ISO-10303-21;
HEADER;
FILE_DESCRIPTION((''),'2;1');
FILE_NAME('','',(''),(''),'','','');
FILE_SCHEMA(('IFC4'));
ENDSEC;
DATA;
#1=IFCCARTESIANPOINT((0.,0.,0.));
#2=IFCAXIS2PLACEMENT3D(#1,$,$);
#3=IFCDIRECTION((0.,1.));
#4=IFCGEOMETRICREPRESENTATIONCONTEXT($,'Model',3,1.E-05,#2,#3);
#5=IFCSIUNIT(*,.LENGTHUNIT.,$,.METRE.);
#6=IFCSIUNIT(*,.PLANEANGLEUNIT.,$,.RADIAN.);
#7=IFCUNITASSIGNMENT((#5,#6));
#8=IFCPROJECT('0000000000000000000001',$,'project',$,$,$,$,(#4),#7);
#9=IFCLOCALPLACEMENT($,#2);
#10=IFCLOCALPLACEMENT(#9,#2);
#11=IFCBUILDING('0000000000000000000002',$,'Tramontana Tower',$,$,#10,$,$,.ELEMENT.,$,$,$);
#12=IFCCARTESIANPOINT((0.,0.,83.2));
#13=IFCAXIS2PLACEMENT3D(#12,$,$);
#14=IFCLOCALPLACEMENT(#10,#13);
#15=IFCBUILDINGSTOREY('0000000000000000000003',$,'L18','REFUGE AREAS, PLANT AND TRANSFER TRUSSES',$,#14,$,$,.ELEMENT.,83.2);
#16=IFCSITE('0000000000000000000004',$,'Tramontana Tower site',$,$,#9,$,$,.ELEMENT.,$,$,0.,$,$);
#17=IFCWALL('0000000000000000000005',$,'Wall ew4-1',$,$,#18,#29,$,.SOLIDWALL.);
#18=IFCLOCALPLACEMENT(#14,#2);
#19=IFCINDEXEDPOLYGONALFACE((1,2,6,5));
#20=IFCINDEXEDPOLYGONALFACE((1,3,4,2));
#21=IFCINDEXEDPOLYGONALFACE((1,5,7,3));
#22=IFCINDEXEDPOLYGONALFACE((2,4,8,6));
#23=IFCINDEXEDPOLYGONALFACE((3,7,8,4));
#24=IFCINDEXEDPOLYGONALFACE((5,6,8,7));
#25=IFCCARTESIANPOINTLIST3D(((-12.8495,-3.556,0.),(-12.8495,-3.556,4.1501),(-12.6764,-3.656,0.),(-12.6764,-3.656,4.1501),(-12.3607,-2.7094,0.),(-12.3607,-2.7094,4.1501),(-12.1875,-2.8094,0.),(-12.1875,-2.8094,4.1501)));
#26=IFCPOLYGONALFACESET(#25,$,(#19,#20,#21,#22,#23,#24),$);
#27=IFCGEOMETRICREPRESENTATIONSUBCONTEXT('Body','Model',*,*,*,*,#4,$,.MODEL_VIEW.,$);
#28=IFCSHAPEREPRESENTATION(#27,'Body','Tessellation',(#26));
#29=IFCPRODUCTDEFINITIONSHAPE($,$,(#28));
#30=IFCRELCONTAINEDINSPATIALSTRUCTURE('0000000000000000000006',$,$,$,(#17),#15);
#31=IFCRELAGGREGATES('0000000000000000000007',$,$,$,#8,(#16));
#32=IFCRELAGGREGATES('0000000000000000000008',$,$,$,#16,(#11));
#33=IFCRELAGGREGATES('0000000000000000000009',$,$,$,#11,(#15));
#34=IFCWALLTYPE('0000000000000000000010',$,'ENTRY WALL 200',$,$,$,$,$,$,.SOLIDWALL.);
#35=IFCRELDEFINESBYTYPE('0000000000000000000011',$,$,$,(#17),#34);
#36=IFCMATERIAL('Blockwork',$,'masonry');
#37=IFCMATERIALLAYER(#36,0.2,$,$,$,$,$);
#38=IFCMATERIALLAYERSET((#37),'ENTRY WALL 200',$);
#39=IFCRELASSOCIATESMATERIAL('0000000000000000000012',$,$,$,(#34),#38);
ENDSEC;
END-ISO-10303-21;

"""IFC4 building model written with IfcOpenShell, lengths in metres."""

from ifc_helpers import new_model, si_unit, direction, frame, frame_2d, origin, place, context, subcontext, project, spatial, rectangle, extrude, material, layer, layer_set, type_object, element, save


model = new_model("IFC4")

# Units and contexts
model_context = context("Model", 3, precision=1e-05, world=origin(), true_north=direction((0.0, 1.0)))
body_context = subcontext(model_context, "Body", "Model", "MODEL_VIEW")
ifc_project = project(units=[si_unit("LENGTHUNIT", "METRE"), si_unit("PLANEANGLEUNIT", "RADIAN")], contexts=[model_context])

# Site, building, storey
site_placement = place(None, origin())
site = spatial("IfcSite", under=ifc_project, at=site_placement, Name="Tramontana Tower site", CompositionType="ELEMENT", RefElevation=0.0)
building_placement = place(site_placement, origin())
building = spatial("IfcBuilding", under=site, at=building_placement, Name="Tramontana Tower", CompositionType="ELEMENT")
storey_placement = place(building_placement, frame((0.0, 0.0, 83.2)))
storey = spatial("IfcBuildingStorey", under=building, at=storey_placement, Name="L18", Description="REFUGE AREAS, PLANT AND TRANSFER TRUSSES", CompositionType="ELEMENT", Elevation=83.2)

# Wall
ifc_material_1 = material(Name="Blockwork", Category="masonry")
ifc_layer_1 = layer(ifc_material_1, 0.2)
ifc_layer_set_1 = layer_set([ifc_layer_1], Name="ENTRY WALL 200")
wall_type_1 = type_object("IfcWallType", Name="ENTRY WALL 200", PredefinedType="SOLIDWALL", material=ifc_layer_set_1)
wall_1_placement = place(storey_placement, frame((-12.7629, -3.606, 0.0), z_axis=(0.0, 0.0, 1.0), x_axis=(0.500061, 0.86599, 0.0)))
element("IfcWall", 1, at=wall_1_placement, inside=storey, type_object=wall_type_1, Name="Wall ew4-1", PredefinedType="SOLIDWALL", context=body_context, shape_type="SweptSolid", body=[
    extrude(rectangle(XDim=0.9775, YDim=0.2, at=frame_2d((0.4888, 0.0))), origin(), (0.0, 0.0, 1.0), 4.1501),
])

save(model, "model.ifc")
